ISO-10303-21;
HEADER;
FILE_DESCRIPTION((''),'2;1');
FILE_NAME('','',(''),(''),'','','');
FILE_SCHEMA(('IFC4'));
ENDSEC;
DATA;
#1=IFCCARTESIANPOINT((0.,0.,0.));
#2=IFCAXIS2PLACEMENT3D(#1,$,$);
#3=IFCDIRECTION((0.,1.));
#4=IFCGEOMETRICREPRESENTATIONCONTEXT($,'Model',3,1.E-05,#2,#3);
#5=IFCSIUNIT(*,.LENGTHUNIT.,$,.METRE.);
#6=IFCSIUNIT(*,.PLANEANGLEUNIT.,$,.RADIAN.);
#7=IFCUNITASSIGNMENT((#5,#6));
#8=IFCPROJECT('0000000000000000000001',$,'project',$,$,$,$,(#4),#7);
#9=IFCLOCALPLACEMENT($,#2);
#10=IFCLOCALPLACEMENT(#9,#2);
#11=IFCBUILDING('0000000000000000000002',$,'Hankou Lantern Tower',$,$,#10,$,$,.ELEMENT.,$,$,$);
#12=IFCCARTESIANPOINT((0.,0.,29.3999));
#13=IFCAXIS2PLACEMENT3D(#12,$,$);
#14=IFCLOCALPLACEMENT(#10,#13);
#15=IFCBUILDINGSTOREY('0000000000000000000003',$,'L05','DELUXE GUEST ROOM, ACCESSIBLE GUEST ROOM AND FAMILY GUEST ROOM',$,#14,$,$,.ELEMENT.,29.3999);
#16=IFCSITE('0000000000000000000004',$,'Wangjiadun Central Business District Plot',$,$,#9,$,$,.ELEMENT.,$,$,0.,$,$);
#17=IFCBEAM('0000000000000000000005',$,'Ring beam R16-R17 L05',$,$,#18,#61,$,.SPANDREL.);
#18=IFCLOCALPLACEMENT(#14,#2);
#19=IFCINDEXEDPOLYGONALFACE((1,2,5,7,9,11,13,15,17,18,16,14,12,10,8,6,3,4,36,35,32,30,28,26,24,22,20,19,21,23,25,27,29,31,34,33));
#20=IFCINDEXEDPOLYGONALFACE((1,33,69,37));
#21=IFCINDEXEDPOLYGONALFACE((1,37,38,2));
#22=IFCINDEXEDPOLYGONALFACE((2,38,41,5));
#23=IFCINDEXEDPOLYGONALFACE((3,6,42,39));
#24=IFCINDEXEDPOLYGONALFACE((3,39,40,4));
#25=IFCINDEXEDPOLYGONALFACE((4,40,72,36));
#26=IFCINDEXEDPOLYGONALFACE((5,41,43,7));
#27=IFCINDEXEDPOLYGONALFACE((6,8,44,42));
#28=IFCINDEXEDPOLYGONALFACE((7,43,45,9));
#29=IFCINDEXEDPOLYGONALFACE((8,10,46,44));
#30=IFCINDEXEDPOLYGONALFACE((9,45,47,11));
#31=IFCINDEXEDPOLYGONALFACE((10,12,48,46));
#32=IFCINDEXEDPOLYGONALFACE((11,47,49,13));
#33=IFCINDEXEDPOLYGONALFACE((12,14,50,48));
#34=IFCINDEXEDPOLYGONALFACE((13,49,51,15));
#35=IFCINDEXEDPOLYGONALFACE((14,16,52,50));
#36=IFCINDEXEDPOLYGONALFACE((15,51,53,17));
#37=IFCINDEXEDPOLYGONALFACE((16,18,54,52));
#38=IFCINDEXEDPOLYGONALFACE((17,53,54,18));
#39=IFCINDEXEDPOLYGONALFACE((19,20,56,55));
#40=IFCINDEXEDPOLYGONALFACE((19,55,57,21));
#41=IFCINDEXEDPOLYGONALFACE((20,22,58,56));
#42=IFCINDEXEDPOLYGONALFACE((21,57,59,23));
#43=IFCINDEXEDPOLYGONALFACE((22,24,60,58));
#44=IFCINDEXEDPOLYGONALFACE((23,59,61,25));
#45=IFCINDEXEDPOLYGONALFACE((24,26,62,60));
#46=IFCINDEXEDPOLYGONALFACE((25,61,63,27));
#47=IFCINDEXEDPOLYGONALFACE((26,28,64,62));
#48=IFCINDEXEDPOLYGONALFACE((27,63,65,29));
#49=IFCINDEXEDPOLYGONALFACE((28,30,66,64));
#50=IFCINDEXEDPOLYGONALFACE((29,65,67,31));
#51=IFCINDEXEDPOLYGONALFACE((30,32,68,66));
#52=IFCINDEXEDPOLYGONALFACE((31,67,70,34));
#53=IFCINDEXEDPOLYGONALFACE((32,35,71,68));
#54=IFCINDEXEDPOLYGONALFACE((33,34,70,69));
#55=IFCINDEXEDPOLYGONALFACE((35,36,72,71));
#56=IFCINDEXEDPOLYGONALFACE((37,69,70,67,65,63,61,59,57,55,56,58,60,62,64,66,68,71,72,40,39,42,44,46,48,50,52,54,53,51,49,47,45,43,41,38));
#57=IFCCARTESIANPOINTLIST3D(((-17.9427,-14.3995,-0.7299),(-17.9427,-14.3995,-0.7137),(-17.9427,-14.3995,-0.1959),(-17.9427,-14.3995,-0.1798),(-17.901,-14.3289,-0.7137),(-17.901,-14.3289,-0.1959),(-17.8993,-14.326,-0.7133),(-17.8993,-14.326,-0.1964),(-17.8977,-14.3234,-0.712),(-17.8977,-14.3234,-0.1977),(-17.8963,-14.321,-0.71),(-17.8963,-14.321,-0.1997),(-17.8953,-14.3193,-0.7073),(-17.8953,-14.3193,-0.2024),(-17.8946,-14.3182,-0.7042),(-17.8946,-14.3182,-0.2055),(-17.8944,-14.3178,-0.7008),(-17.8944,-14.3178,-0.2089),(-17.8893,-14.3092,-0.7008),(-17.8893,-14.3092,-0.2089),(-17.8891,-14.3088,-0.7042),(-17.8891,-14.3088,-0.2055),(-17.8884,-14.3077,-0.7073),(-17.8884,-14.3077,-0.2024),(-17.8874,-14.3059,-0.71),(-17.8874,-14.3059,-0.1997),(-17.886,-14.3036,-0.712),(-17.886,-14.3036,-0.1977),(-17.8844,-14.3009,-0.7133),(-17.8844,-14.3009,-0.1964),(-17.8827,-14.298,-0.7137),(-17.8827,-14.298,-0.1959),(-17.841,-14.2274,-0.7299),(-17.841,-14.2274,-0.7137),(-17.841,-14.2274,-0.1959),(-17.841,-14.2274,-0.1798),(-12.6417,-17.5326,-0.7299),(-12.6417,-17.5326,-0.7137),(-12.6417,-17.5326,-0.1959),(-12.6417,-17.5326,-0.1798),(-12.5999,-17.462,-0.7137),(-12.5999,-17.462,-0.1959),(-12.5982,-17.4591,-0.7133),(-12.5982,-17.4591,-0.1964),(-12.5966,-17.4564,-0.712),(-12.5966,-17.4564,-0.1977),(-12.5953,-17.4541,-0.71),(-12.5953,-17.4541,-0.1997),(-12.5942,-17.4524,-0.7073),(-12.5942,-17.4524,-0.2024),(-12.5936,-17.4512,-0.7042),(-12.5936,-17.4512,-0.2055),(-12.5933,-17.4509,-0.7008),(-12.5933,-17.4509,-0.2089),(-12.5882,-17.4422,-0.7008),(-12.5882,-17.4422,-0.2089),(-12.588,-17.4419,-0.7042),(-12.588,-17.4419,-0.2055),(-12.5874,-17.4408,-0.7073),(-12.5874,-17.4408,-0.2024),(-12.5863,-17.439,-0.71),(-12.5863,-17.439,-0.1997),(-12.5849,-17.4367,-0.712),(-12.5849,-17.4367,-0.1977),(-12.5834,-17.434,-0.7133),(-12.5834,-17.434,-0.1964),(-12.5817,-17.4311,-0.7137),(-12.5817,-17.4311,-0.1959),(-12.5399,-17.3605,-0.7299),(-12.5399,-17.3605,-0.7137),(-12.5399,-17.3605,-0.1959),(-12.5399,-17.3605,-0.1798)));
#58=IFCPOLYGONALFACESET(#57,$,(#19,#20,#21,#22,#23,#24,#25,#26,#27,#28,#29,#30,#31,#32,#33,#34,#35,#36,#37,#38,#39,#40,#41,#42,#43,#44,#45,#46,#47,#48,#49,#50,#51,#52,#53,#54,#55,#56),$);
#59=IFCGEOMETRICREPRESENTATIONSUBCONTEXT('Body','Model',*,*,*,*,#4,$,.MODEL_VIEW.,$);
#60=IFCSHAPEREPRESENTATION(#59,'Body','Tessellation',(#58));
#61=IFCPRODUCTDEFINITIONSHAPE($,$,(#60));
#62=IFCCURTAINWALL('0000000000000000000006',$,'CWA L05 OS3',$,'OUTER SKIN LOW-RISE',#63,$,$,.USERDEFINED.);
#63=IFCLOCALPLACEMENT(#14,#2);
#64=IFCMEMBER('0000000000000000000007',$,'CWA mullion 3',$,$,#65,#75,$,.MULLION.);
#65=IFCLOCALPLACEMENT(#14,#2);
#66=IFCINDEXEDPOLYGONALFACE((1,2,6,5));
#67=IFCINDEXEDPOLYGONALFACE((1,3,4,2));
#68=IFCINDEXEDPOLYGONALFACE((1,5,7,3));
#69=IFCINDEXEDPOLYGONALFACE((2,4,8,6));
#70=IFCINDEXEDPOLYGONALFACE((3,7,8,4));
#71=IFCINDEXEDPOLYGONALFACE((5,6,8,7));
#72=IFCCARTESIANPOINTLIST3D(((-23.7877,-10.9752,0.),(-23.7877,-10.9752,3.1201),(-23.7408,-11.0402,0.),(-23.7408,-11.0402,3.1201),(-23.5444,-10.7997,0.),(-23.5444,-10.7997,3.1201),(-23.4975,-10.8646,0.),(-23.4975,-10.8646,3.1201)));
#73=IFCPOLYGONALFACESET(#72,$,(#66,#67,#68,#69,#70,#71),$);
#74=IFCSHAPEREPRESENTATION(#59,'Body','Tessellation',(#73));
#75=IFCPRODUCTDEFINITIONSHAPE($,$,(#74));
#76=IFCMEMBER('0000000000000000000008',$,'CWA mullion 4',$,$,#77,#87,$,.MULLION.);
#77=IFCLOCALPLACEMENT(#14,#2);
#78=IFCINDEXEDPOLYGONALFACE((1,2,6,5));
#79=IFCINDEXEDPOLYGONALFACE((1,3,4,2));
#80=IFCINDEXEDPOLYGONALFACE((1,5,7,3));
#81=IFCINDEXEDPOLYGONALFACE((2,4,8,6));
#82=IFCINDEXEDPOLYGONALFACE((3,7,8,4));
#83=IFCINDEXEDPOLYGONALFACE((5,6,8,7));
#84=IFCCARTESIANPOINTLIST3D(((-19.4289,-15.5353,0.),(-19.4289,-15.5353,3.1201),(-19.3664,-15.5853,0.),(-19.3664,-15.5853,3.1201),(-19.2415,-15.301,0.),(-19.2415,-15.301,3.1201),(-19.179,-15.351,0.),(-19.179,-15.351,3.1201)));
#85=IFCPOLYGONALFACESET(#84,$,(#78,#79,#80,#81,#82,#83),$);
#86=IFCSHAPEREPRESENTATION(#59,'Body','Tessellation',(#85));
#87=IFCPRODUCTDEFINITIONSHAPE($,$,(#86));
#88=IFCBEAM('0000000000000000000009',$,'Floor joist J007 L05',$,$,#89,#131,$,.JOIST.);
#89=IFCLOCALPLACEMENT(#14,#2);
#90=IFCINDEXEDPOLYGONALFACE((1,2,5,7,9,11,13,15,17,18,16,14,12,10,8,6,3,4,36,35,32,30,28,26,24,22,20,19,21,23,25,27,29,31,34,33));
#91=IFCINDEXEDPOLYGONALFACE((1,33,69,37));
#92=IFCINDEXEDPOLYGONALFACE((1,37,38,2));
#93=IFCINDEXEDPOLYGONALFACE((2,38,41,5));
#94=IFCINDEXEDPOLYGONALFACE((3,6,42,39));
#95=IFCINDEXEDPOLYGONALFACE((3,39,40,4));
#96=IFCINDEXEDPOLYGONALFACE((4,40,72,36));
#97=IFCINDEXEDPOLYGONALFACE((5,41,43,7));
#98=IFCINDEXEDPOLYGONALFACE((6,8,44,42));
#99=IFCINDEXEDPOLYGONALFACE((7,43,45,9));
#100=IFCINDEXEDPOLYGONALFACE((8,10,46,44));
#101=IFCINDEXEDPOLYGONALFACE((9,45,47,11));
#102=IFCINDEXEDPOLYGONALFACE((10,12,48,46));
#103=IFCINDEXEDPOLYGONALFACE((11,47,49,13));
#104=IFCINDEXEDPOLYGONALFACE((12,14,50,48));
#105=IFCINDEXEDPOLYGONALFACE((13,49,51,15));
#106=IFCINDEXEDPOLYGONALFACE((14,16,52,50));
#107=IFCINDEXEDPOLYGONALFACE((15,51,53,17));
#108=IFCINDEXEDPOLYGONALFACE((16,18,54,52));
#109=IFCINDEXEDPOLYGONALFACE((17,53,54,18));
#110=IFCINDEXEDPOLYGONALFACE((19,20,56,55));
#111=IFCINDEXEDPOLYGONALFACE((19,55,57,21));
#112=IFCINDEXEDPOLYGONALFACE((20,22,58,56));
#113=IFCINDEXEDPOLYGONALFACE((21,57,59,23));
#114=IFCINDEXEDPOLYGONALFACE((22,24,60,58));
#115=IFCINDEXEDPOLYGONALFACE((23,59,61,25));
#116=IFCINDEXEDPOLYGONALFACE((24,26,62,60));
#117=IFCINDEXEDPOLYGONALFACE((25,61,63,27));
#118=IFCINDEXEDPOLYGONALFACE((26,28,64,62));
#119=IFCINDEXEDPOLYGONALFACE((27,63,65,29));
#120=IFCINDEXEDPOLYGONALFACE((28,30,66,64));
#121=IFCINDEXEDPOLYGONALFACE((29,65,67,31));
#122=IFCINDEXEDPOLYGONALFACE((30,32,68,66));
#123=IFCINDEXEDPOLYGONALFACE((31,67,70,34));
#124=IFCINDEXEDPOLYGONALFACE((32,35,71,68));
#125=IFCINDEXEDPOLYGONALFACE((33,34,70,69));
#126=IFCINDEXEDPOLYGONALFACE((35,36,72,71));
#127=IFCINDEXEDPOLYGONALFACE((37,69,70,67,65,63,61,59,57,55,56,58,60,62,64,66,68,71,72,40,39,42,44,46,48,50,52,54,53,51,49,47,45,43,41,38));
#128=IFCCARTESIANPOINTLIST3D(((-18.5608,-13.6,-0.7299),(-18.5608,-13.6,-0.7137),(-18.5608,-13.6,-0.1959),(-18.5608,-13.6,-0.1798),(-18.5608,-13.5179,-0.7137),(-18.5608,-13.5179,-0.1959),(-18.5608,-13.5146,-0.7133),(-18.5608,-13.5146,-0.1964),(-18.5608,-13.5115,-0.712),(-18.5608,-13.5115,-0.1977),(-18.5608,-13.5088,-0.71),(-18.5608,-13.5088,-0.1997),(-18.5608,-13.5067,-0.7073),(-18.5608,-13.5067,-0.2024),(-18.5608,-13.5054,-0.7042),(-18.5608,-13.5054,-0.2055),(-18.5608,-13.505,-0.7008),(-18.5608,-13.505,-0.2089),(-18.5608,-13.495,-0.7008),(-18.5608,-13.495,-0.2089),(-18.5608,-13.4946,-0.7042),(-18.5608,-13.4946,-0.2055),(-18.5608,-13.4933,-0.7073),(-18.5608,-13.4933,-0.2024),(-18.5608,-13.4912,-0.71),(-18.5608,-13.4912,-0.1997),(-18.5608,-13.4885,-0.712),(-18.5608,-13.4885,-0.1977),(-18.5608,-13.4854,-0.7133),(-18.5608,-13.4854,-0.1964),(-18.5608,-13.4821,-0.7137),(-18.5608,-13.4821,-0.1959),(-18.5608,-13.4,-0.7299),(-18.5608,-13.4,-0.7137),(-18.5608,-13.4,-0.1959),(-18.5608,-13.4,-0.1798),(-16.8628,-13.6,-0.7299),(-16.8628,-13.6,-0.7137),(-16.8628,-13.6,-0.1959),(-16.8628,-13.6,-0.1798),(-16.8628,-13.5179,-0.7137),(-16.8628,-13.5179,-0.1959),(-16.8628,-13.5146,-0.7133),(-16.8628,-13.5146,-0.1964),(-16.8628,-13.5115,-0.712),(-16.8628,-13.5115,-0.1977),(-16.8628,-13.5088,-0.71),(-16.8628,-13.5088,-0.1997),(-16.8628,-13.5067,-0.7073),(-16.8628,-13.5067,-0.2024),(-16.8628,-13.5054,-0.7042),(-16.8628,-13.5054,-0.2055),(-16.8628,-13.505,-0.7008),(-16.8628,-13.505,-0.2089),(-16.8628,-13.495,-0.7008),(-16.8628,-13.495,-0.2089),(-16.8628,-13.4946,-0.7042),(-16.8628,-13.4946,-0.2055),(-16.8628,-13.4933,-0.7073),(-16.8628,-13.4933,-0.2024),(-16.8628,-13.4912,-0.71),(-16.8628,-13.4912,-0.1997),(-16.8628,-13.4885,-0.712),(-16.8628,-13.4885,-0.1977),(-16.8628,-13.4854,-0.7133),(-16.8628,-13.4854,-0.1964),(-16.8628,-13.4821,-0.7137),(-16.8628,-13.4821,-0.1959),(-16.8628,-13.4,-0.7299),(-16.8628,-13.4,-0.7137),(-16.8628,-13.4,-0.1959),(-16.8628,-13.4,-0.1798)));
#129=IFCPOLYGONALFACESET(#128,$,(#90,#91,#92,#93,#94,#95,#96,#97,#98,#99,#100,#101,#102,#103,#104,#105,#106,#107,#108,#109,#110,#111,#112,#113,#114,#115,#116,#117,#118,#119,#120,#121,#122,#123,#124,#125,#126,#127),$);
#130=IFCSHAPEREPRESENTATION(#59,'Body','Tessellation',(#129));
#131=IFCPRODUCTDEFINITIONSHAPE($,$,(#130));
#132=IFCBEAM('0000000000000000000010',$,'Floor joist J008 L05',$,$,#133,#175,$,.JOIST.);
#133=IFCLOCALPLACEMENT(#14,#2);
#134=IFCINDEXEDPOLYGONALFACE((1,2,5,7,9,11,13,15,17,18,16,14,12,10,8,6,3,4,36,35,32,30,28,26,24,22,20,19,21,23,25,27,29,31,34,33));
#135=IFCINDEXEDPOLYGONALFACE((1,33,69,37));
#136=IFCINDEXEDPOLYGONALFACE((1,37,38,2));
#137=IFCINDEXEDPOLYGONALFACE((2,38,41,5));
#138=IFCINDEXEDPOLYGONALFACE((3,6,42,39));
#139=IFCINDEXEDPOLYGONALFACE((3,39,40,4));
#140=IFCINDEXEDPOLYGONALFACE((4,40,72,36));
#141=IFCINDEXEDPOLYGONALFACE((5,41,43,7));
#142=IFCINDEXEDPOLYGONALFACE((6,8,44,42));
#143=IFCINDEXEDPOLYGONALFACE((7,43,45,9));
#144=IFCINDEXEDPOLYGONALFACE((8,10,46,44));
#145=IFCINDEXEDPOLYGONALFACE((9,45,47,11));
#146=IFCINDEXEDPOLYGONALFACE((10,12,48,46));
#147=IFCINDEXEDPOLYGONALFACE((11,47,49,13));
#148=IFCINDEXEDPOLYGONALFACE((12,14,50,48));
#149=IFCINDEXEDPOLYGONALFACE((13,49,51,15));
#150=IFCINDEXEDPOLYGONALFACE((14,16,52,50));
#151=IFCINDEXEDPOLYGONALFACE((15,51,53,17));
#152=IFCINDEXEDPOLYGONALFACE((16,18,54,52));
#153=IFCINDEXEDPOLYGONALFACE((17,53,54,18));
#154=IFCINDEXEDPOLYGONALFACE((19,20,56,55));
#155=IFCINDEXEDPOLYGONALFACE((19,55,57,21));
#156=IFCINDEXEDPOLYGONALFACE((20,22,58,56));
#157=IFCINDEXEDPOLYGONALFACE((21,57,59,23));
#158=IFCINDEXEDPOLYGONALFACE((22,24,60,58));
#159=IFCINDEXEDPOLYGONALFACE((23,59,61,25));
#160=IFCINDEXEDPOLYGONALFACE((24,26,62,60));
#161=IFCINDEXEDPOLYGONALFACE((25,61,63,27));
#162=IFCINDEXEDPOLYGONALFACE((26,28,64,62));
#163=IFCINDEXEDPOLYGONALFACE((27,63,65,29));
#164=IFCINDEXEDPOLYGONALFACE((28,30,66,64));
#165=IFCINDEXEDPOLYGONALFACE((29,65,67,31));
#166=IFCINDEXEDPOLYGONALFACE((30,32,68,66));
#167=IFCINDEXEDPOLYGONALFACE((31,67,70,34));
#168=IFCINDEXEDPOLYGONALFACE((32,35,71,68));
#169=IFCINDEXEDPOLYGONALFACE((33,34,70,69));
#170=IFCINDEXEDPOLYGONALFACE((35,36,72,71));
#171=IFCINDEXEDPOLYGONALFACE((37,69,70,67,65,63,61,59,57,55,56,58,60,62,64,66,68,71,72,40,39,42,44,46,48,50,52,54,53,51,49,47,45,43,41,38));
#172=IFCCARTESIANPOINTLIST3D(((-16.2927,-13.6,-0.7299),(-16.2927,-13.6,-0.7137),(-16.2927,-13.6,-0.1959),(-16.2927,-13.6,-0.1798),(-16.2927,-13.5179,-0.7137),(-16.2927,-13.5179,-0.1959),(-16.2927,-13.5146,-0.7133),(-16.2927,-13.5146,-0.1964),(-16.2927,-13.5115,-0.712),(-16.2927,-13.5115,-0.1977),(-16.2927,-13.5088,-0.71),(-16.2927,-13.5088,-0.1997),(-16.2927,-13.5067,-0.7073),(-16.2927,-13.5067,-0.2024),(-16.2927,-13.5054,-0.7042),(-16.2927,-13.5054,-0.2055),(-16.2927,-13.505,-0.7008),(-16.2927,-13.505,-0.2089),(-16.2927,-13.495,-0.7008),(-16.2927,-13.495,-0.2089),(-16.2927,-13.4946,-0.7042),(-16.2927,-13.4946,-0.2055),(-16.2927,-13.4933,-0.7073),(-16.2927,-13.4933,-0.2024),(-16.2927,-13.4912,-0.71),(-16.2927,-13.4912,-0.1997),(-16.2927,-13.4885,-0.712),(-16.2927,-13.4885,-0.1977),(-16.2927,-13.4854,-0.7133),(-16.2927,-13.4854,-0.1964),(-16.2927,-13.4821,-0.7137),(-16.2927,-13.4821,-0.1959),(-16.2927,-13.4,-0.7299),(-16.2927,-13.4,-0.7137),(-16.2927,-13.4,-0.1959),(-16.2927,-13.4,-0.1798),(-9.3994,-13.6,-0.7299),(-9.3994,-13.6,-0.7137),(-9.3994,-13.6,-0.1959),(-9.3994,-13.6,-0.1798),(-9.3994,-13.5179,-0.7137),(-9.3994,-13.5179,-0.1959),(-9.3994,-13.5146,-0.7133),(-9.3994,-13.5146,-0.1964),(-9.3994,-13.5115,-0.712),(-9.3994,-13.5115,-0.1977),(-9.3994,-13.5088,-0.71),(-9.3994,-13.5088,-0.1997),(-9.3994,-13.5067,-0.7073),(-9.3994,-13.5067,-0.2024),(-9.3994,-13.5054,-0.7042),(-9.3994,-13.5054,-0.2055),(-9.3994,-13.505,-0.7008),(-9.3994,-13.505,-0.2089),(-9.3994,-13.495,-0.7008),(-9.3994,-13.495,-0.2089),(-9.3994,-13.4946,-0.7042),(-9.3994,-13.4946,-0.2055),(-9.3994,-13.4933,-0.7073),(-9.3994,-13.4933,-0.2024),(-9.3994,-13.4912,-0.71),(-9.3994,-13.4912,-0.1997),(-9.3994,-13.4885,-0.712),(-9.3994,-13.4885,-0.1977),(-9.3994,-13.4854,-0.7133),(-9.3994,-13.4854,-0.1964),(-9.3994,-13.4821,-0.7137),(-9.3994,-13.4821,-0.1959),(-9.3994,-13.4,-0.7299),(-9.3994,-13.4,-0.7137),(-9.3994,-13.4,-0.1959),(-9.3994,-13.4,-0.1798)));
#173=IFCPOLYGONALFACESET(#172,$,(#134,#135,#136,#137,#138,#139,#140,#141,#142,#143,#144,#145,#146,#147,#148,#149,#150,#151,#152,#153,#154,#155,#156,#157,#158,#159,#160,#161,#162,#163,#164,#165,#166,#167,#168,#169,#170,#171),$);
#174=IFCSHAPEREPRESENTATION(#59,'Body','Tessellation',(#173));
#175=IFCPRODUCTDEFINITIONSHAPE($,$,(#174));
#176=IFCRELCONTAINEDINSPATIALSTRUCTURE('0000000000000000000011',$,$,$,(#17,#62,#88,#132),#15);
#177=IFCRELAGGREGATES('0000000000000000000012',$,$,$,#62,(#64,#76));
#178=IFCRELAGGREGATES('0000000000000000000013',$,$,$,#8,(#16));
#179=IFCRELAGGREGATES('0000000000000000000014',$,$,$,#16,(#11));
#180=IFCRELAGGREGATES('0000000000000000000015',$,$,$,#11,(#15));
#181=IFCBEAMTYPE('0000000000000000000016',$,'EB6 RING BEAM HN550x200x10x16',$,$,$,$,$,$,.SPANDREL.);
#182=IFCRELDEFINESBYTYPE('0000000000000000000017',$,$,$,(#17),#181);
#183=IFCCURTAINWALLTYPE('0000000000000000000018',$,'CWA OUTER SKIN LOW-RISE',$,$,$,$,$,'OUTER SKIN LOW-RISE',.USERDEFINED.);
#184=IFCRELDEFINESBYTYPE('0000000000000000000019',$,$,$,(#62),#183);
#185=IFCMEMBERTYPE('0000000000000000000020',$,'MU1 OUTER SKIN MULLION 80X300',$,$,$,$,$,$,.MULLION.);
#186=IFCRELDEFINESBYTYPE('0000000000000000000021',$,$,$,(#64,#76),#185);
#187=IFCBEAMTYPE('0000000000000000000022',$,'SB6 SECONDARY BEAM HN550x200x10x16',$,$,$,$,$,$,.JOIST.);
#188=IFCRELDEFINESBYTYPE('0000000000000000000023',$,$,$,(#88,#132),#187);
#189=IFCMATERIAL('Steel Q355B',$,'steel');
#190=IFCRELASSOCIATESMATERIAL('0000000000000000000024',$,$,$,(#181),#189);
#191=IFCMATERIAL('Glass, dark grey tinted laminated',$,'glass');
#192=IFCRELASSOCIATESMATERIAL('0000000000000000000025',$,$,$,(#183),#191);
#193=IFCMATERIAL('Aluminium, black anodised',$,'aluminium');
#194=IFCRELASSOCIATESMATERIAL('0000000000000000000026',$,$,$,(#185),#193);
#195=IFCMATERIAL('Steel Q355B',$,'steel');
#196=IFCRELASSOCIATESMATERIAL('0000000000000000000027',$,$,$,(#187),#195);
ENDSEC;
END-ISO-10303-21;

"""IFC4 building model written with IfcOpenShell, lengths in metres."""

from ifc_helpers import new_model, si_unit, direction, frame, origin, origin_2d, place, context, subcontext, project, spatial, rectangle, i_section, extrude, material, material_profile, profile_set, type_object, element, aggregate, save


model = new_model("IFC4")

# Units and contexts
model_context = context("Model", 3, precision=1e-05, world=origin(), true_north=direction((0.0, 1.0)))
body_context = subcontext(model_context, "Body", "Model", "MODEL_VIEW")
ifc_project = project(units=[si_unit("LENGTHUNIT", "METRE"), si_unit("PLANEANGLEUNIT", "RADIAN")], contexts=[model_context])

# Site, building, storey
site_placement = place(None, origin())
site = spatial("IfcSite", under=ifc_project, at=site_placement, Name="Wangjiadun Central Business District Plot", CompositionType="ELEMENT", RefElevation=0.0)
building_placement = place(site_placement, origin())
building = spatial("IfcBuilding", under=site, at=building_placement, Name="Hankou Lantern Tower", CompositionType="ELEMENT")
storey_placement = place(building_placement, frame((0.0, 0.0, 29.3999)))
storey = spatial("IfcBuildingStorey", under=building, at=storey_placement, Name="L05", Description="DELUXE GUEST ROOM, ACCESSIBLE GUEST ROOM AND FAMILY GUEST ROOM", CompositionType="ELEMENT", Elevation=29.3999)

# Beam
ifc_material_1 = material(Name="Steel Q355B", Category="steel")
ifc_material_profile_1 = material_profile(ifc_material_1, i_section(OverallWidth=0.2, OverallDepth=0.55, WebThickness=0.01, FlangeThickness=0.0161, FilletRadius=0.0129, at=origin_2d()), Name="HN550x200x10x16")
ifc_profile_set_1 = profile_set([ifc_material_profile_1], Name="Steel Q355B")
beam_type_1 = type_object("IfcBeamType", Name="EB6 RING BEAM HN550x200x10x16", PredefinedType="SPANDREL", material=ifc_profile_set_1)
beam_1_placement = place(storey_placement, frame((-17.8918, -14.3135, -0.4548), z_axis=(0.860882, -0.508805, 0.0), x_axis=(0.508805, 0.860882, 0.0)))
element("IfcBeam", 1, at=beam_1_placement, inside=storey, type_object=beam_type_1, Name="Ring beam R16-R17 L05", PredefinedType="SPANDREL", context=body_context, shape_type="SweptSolid", body=[
    extrude(i_section(OverallWidth=0.2, OverallDepth=0.55, WebThickness=0.01, FlangeThickness=0.0161, FilletRadius=0.0129, at=origin_2d()), origin(), (0.0, 0.0, 1.0), 6.1577),
])

# Curtain wall, members
ifc_material_2 = material(Name="Glass, dark grey tinted laminated", Category="glass")
curtain_wall_type = type_object("IfcCurtainWallType", Name="CWA OUTER SKIN LOW-RISE", ElementType="OUTER SKIN LOW-RISE", PredefinedType="USERDEFINED", material=ifc_material_2)
curtain_wall_placement = place(storey_placement, origin())
curtain_wall = element("IfcCurtainWall", 2, at=curtain_wall_placement, inside=storey, type_object=curtain_wall_type, Name="CWA L05 OS3", ObjectType="OUTER SKIN LOW-RISE", PredefinedType="USERDEFINED")
ifc_material_3 = material(Name="Aluminium, black anodised", Category="aluminium")
ifc_material_profile_2 = material_profile(ifc_material_3, rectangle(XDim=0.0801, YDim=0.3, at=origin_2d()), Name="MU1 80X300")
ifc_profile_set_2 = profile_set([ifc_material_profile_2], Name="Aluminium, black anodised")
member_type_1 = type_object("IfcMemberType", Name="MU1 OUTER SKIN MULLION 80X300", PredefinedType="MULLION", material=ifc_profile_set_2)
member_1_placement = place(storey_placement, frame((-23.6426, -10.9199, 0.0), z_axis=(0.0, 0.0, 1.0), x_axis=(0.585206, -0.810885, 0.0)))
member_1 = element("IfcMember", 3, at=member_1_placement, type_object=member_type_1, Name="CWA mullion 3", PredefinedType="MULLION", context=body_context, shape_type="SweptSolid", body=[
    extrude(rectangle(XDim=0.0801, YDim=0.3, at=origin_2d()), origin(), (0.0, 0.0, 1.0), 3.1201),
])
member_2_placement = place(storey_placement, frame((-19.304, -15.4431, 0.0), z_axis=(0.0, 0.0, 1.0), x_axis=(0.780869, -0.624695, 0.0)))
member_2 = element("IfcMember", 4, at=member_2_placement, type_object=member_type_1, Name="CWA mullion 4", PredefinedType="MULLION", context=body_context, shape_type="SweptSolid", body=[
    extrude(rectangle(XDim=0.0801, YDim=0.3, at=origin_2d()), origin(), (0.0, 0.0, 1.0), 3.1201),
])

# Beams
ifc_material_4 = material(Name="Steel Q355B", Category="steel")
ifc_material_profile_3 = material_profile(ifc_material_4, i_section(OverallWidth=0.2, OverallDepth=0.55, WebThickness=0.01, FlangeThickness=0.0161, FilletRadius=0.0129, at=origin_2d()), Name="HN550x200x10x16")
ifc_profile_set_3 = profile_set([ifc_material_profile_3], Name="Steel Q355B")
beam_type_2 = type_object("IfcBeamType", Name="SB6 SECONDARY BEAM HN550x200x10x16", PredefinedType="JOIST", material=ifc_profile_set_3)
beam_2_placement = place(storey_placement, frame((-18.5608, -13.5, -0.4548), z_axis=(1.0, 0.0, 0.0), x_axis=(0.0, 1.0, 0.0)))
element("IfcBeam", 5, at=beam_2_placement, inside=storey, type_object=beam_type_2, Name="Floor joist J007 L05", PredefinedType="JOIST", context=body_context, shape_type="SweptSolid", body=[
    extrude(i_section(OverallWidth=0.2, OverallDepth=0.55, WebThickness=0.01, FlangeThickness=0.0161, FilletRadius=0.0129, at=origin_2d()), origin(), (0.0, 0.0, 1.0), 1.698),
])
beam_3_placement = place(storey_placement, frame((-16.2927, -13.5, -0.4548), z_axis=(1.0, 0.0, 0.0), x_axis=(0.0, 1.0, 0.0)))
element("IfcBeam", 6, at=beam_3_placement, inside=storey, type_object=beam_type_2, Name="Floor joist J008 L05", PredefinedType="JOIST", context=body_context, shape_type="SweptSolid", body=[
    extrude(i_section(OverallWidth=0.2, OverallDepth=0.55, WebThickness=0.01, FlangeThickness=0.0161, FilletRadius=0.0129, at=origin_2d()), origin(), (0.0, 0.0, 1.0), 6.8933),
])

aggregate(curtain_wall, [member_1, member_2])

save(model, "model.ifc")
